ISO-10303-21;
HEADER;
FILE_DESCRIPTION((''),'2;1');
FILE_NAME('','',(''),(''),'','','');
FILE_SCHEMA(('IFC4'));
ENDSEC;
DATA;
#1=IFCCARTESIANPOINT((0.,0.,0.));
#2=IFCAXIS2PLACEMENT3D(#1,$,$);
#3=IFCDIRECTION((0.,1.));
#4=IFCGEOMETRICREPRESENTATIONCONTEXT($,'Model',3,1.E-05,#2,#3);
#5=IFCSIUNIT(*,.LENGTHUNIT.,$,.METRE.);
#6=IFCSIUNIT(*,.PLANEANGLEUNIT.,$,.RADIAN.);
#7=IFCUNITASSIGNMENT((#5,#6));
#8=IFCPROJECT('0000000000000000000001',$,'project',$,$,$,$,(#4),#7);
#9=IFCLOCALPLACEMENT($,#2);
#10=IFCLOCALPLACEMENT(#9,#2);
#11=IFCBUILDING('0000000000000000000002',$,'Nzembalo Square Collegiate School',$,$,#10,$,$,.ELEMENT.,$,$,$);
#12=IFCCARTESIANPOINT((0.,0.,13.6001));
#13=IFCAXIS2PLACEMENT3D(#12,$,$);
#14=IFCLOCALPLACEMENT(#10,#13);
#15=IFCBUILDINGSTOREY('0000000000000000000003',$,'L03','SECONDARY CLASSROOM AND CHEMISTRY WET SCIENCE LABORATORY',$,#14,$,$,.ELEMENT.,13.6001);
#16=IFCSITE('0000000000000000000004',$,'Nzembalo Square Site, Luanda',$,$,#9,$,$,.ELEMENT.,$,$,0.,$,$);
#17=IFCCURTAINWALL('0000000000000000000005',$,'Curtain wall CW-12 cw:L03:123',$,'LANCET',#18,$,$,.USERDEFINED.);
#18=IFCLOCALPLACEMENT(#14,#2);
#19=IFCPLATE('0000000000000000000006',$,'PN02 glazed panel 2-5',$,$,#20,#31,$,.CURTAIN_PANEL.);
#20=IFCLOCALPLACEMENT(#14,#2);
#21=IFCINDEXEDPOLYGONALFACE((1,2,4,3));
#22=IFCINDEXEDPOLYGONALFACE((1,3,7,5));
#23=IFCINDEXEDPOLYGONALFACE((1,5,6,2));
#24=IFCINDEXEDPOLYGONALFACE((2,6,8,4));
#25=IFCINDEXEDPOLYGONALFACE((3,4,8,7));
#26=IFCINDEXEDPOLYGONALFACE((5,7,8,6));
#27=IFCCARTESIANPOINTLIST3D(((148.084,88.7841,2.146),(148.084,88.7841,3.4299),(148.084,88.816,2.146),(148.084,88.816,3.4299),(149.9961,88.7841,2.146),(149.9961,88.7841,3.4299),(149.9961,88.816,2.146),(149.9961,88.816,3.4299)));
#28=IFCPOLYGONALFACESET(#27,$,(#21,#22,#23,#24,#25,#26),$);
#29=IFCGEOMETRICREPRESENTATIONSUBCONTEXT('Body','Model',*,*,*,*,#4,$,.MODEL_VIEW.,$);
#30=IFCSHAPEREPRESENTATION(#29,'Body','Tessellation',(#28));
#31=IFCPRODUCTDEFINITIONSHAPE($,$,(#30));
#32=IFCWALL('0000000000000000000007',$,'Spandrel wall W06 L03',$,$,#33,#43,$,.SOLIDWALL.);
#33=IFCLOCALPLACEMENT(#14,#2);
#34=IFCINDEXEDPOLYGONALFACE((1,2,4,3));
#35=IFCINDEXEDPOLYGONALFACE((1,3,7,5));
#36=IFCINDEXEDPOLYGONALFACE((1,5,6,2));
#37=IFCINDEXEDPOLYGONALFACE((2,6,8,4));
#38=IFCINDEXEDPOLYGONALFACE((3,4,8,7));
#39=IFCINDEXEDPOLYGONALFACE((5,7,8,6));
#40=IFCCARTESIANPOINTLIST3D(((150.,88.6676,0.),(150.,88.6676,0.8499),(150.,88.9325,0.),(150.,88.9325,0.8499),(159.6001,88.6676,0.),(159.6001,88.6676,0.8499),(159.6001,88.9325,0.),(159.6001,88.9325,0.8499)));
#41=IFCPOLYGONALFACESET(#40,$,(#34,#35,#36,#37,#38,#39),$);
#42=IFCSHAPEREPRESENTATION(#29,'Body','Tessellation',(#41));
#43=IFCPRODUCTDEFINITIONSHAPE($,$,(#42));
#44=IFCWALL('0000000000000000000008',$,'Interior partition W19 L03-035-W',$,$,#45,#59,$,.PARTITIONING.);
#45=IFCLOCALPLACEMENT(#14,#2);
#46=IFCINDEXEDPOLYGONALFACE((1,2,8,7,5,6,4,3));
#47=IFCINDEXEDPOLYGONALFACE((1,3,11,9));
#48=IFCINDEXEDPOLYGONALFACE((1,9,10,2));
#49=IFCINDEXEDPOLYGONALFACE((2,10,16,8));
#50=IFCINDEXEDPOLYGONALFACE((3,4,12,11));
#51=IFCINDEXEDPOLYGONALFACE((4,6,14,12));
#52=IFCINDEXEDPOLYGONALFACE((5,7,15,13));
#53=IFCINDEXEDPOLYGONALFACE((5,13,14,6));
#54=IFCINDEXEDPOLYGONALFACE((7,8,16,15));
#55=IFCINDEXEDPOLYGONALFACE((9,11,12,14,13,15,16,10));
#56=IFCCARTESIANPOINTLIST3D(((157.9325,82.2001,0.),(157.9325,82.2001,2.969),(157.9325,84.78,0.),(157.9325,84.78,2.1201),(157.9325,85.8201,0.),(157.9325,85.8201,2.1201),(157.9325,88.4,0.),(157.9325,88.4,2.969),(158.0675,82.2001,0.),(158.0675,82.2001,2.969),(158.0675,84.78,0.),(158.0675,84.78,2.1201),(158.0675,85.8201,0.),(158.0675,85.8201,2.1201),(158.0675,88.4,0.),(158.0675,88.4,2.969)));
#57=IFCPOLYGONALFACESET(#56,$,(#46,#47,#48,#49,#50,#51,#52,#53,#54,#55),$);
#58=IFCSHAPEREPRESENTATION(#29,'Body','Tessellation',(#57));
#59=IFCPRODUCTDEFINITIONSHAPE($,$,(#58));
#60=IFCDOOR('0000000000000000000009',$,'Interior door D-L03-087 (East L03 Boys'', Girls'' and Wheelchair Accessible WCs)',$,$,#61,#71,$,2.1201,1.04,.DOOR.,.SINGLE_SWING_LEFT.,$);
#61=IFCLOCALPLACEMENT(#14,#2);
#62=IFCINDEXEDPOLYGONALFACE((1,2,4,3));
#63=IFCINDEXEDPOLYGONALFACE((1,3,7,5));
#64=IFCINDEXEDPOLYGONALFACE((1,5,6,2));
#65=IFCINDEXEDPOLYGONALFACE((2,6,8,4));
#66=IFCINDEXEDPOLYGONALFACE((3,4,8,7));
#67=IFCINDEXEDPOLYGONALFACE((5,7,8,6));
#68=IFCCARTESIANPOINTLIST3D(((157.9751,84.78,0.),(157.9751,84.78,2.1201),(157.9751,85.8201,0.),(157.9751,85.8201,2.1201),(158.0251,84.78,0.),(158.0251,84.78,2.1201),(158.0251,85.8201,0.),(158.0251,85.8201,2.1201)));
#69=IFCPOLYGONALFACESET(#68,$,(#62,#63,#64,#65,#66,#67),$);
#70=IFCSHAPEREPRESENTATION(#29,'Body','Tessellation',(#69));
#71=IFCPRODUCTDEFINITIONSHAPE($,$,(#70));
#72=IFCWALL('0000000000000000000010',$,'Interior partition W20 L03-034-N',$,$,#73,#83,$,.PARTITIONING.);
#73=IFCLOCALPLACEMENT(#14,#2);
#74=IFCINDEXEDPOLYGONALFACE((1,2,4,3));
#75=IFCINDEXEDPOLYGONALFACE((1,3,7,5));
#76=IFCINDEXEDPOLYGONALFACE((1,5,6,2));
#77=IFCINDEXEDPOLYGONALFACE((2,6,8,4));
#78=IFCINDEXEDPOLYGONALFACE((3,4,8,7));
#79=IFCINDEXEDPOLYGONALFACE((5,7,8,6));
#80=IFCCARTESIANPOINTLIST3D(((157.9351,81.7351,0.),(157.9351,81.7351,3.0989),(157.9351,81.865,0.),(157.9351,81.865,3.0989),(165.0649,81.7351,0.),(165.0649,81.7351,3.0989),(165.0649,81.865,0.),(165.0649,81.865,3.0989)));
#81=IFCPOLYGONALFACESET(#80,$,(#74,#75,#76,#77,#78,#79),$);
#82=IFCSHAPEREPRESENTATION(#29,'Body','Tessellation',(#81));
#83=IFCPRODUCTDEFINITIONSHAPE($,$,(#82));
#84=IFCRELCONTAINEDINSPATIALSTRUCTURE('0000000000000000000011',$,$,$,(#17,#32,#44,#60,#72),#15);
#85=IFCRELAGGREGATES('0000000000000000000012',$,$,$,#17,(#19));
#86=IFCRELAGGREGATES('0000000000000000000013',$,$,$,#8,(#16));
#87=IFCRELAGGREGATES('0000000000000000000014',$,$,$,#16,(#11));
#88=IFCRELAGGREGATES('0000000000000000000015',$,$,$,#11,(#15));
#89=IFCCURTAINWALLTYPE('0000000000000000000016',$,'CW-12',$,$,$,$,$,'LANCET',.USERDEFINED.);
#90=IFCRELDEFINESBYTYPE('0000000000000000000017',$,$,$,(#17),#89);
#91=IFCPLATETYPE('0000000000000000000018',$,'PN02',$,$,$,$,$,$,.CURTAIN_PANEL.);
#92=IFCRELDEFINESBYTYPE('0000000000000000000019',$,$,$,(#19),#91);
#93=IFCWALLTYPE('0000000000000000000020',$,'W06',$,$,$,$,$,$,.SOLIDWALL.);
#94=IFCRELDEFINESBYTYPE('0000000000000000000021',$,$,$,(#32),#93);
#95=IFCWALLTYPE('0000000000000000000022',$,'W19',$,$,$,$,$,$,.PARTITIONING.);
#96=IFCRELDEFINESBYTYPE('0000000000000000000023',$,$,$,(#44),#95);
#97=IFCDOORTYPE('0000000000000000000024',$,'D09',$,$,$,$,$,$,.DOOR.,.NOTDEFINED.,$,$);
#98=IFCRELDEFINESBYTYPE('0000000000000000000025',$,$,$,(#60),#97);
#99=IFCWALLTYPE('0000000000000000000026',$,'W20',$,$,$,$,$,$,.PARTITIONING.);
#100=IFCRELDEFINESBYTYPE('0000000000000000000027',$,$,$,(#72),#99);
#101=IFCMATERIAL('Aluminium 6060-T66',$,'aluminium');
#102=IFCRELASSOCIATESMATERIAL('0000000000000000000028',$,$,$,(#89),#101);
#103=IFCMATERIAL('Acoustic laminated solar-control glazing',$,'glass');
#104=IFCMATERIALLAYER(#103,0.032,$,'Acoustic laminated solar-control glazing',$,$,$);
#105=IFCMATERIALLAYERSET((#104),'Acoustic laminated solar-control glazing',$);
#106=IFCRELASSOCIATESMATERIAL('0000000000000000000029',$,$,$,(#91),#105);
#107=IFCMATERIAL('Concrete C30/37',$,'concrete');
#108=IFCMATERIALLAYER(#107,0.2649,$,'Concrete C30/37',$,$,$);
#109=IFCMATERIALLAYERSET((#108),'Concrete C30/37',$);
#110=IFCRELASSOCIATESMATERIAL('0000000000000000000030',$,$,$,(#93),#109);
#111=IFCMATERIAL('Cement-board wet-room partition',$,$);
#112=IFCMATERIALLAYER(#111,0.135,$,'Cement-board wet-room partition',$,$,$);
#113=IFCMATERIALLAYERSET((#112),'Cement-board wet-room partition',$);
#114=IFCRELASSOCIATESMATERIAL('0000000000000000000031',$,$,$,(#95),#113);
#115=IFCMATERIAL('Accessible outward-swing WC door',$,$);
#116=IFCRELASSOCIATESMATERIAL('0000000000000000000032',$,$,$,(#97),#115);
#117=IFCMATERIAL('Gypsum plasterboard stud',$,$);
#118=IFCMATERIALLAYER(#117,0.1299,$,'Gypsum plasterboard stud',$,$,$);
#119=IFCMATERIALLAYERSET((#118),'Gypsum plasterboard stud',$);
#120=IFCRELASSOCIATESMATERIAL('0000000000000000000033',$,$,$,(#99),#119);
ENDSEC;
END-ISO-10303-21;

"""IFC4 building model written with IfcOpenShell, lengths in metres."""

from ifc_helpers import new_model, si_unit, direction, frame, frame_2d, origin, origin_2d, place, context, subcontext, project, spatial, rectangle, extrude, material, layer, layer_set, type_object, element, fill, aggregate, save


model = new_model("IFC4")

# Units and contexts
model_context = context("Model", 3, precision=1e-05, world=origin(), true_north=direction((0.0, 1.0)))
body_context = subcontext(model_context, "Body", "Model", "MODEL_VIEW")
ifc_project = project(units=[si_unit("LENGTHUNIT", "METRE"), si_unit("PLANEANGLEUNIT", "RADIAN")], contexts=[model_context])

# Site, building, storey
site_placement = place(None, origin())
site = spatial("IfcSite", under=ifc_project, at=site_placement, Name="Nzembalo Square Site, Luanda", CompositionType="ELEMENT", RefElevation=0.0)
building_placement = place(site_placement, origin())
building = spatial("IfcBuilding", under=site, at=building_placement, Name="Nzembalo Square Collegiate School", CompositionType="ELEMENT")
storey_placement = place(building_placement, frame((0.0, 0.0, 13.6001)))
storey = spatial("IfcBuildingStorey", under=building, at=storey_placement, Name="L03", Description="SECONDARY CLASSROOM AND CHEMISTRY WET SCIENCE LABORATORY", CompositionType="ELEMENT", Elevation=13.6001)

# Curtain wall
ifc_material_1 = material(Name="Aluminium 6060-T66", Category="aluminium")
curtain_wall_type_1 = type_object("IfcCurtainWallType", Name="CW-12", ElementType="LANCET", PredefinedType="USERDEFINED", material=ifc_material_1)
curtain_wall_1_placement = place(storey_placement, origin())
curtain_wall_1 = element("IfcCurtainWall", 1, at=curtain_wall_1_placement, inside=storey, type_object=curtain_wall_type_1, Name="Curtain wall CW-12 cw:L03:123", ObjectType="LANCET", PredefinedType="USERDEFINED")

# Plate
ifc_material_2 = material(Name="Acoustic laminated solar-control glazing", Category="glass")
ifc_layer_1 = layer(ifc_material_2, 0.032, Name="Acoustic laminated solar-control glazing")
ifc_layer_set_1 = layer_set([ifc_layer_1], Name="Acoustic laminated solar-control glazing")
plate_type_1 = type_object("IfcPlateType", Name="PN02", PredefinedType="CURTAIN_PANEL", material=ifc_layer_set_1)
plate_1_placement = place(storey_placement, frame((149.04, 88.8, 2.146), z_axis=(0.0, 0.0, 1.0), x_axis=(1.0, 0.0, 0.0)))
plate_1 = element("IfcPlate", 2, at=plate_1_placement, type_object=plate_type_1, Name="PN02 glazed panel 2-5", PredefinedType="CURTAIN_PANEL", context=body_context, shape_type="SweptSolid", body=[
    extrude(rectangle(XDim=1.9121, YDim=0.032, at=origin_2d()), origin(), (0.0, 0.0, 1.0), 1.2839),
])
aggregate(curtain_wall_1, [plate_1])

# Wall
ifc_material_3 = material(Name="Concrete C30/37", Category="concrete")
ifc_layer_2 = layer(ifc_material_3, 0.2649, Name="Concrete C30/37")
ifc_layer_set_2 = layer_set([ifc_layer_2], Name="Concrete C30/37")
wall_type_1 = type_object("IfcWallType", Name="W06", PredefinedType="SOLIDWALL", material=ifc_layer_set_2)
wall_1_placement = place(storey_placement, frame((150.0, 88.8, 0.0), z_axis=(0.0, 0.0, 1.0), x_axis=(1.0, 0.0, 0.0)))
element("IfcWall", 3, at=wall_1_placement, inside=storey, type_object=wall_type_1, Name="Spandrel wall W06 L03", PredefinedType="SOLIDWALL", context=body_context, shape_type="SweptSolid", body=[
    extrude(rectangle(XDim=9.6001, YDim=0.2649, at=frame_2d((4.8, 0.0))), origin(), (0.0, 0.0, 1.0), 0.8499),
])

# Wall, opening, door
ifc_material_4 = material(Name="Cement-board wet-room partition")
ifc_layer_3 = layer(ifc_material_4, 0.135, Name="Cement-board wet-room partition")
ifc_layer_set_3 = layer_set([ifc_layer_3], Name="Cement-board wet-room partition")
wall_type_2 = type_object("IfcWallType", Name="W19", PredefinedType="PARTITIONING", material=ifc_layer_set_3)
wall_2_placement = place(storey_placement, frame((158.0, 82.2, 0.0), z_axis=(0.0, 0.0, 1.0), x_axis=(0.0, 1.0, 0.0)))
wall_2 = element("IfcWall", 4, at=wall_2_placement, inside=storey, type_object=wall_type_2, Name="Interior partition W19 L03-035-W", PredefinedType="PARTITIONING", context=body_context, shape_type="SweptSolid", body=[
    extrude(rectangle(XDim=6.2, YDim=0.135, at=frame_2d((3.1001, 0.0))), origin(), (0.0, 0.0, 1.0), 2.969),
])
opening_placement = place(wall_2_placement, frame((2.5801, 0.0, 0.0)))
opening = element("IfcOpeningElement", 5, at=opening_placement, cuts=wall_2, PredefinedType="OPENING", context=body_context, shape_type="SweptSolid", body=[
    extrude(rectangle(XDim=1.04, YDim=2.1201, at=frame_2d((0.52, 1.0601))), frame((0.0, 0.0776, 0.0), z_axis=(0.0, -1.0, 0.0), x_axis=(1.0, 0.0, 0.0)), (0.0, 0.0, 1.0), 0.155),
])
ifc_material_5 = material(Name="Accessible outward-swing WC door")
door_type = type_object("IfcDoorType", Name="D09", OperationType="NOTDEFINED", PredefinedType="DOOR", material=ifc_material_5)
door_placement = place(opening_placement, origin())
door = element("IfcDoor", 6, at=door_placement, inside=storey, type_object=door_type, Name="Interior door D-L03-087 (East L03 Boys', Girls' and Wheelchair Accessible WCs)", OperationType="SINGLE_SWING_LEFT", OverallHeight=2.1201, OverallWidth=1.04, PredefinedType="DOOR", context=body_context, shape_type="SweptSolid", body=[
    extrude(rectangle(XDim=1.04, YDim=2.1201, at=frame_2d((0.52, 1.0601))), frame((0.0, 0.0249, 0.0), z_axis=(0.0, -1.0, 0.0), x_axis=(1.0, 0.0, 0.0)), (0.0, 0.0, 1.0), 0.05),
])
fill(opening, door)

# Wall
ifc_material_6 = material(Name="Gypsum plasterboard stud")
ifc_layer_4 = layer(ifc_material_6, 0.1299, Name="Gypsum plasterboard stud")
ifc_layer_set_4 = layer_set([ifc_layer_4], Name="Gypsum plasterboard stud")
wall_type_3 = type_object("IfcWallType", Name="W20", PredefinedType="PARTITIONING", material=ifc_layer_set_4)
wall_3_placement = place(storey_placement, frame((157.9351, 81.8, 0.0), z_axis=(0.0, 0.0, 1.0), x_axis=(1.0, 0.0, 0.0)))
element("IfcWall", 7, at=wall_3_placement, inside=storey, type_object=wall_type_3, Name="Interior partition W20 L03-034-N", PredefinedType="PARTITIONING", context=body_context, shape_type="SweptSolid", body=[
    extrude(rectangle(XDim=7.1299, YDim=0.1299, at=frame_2d((3.5649, 0.0))), origin(), (0.0, 0.0, 1.0), 3.0989),
])

save(model, "model.ifc")
